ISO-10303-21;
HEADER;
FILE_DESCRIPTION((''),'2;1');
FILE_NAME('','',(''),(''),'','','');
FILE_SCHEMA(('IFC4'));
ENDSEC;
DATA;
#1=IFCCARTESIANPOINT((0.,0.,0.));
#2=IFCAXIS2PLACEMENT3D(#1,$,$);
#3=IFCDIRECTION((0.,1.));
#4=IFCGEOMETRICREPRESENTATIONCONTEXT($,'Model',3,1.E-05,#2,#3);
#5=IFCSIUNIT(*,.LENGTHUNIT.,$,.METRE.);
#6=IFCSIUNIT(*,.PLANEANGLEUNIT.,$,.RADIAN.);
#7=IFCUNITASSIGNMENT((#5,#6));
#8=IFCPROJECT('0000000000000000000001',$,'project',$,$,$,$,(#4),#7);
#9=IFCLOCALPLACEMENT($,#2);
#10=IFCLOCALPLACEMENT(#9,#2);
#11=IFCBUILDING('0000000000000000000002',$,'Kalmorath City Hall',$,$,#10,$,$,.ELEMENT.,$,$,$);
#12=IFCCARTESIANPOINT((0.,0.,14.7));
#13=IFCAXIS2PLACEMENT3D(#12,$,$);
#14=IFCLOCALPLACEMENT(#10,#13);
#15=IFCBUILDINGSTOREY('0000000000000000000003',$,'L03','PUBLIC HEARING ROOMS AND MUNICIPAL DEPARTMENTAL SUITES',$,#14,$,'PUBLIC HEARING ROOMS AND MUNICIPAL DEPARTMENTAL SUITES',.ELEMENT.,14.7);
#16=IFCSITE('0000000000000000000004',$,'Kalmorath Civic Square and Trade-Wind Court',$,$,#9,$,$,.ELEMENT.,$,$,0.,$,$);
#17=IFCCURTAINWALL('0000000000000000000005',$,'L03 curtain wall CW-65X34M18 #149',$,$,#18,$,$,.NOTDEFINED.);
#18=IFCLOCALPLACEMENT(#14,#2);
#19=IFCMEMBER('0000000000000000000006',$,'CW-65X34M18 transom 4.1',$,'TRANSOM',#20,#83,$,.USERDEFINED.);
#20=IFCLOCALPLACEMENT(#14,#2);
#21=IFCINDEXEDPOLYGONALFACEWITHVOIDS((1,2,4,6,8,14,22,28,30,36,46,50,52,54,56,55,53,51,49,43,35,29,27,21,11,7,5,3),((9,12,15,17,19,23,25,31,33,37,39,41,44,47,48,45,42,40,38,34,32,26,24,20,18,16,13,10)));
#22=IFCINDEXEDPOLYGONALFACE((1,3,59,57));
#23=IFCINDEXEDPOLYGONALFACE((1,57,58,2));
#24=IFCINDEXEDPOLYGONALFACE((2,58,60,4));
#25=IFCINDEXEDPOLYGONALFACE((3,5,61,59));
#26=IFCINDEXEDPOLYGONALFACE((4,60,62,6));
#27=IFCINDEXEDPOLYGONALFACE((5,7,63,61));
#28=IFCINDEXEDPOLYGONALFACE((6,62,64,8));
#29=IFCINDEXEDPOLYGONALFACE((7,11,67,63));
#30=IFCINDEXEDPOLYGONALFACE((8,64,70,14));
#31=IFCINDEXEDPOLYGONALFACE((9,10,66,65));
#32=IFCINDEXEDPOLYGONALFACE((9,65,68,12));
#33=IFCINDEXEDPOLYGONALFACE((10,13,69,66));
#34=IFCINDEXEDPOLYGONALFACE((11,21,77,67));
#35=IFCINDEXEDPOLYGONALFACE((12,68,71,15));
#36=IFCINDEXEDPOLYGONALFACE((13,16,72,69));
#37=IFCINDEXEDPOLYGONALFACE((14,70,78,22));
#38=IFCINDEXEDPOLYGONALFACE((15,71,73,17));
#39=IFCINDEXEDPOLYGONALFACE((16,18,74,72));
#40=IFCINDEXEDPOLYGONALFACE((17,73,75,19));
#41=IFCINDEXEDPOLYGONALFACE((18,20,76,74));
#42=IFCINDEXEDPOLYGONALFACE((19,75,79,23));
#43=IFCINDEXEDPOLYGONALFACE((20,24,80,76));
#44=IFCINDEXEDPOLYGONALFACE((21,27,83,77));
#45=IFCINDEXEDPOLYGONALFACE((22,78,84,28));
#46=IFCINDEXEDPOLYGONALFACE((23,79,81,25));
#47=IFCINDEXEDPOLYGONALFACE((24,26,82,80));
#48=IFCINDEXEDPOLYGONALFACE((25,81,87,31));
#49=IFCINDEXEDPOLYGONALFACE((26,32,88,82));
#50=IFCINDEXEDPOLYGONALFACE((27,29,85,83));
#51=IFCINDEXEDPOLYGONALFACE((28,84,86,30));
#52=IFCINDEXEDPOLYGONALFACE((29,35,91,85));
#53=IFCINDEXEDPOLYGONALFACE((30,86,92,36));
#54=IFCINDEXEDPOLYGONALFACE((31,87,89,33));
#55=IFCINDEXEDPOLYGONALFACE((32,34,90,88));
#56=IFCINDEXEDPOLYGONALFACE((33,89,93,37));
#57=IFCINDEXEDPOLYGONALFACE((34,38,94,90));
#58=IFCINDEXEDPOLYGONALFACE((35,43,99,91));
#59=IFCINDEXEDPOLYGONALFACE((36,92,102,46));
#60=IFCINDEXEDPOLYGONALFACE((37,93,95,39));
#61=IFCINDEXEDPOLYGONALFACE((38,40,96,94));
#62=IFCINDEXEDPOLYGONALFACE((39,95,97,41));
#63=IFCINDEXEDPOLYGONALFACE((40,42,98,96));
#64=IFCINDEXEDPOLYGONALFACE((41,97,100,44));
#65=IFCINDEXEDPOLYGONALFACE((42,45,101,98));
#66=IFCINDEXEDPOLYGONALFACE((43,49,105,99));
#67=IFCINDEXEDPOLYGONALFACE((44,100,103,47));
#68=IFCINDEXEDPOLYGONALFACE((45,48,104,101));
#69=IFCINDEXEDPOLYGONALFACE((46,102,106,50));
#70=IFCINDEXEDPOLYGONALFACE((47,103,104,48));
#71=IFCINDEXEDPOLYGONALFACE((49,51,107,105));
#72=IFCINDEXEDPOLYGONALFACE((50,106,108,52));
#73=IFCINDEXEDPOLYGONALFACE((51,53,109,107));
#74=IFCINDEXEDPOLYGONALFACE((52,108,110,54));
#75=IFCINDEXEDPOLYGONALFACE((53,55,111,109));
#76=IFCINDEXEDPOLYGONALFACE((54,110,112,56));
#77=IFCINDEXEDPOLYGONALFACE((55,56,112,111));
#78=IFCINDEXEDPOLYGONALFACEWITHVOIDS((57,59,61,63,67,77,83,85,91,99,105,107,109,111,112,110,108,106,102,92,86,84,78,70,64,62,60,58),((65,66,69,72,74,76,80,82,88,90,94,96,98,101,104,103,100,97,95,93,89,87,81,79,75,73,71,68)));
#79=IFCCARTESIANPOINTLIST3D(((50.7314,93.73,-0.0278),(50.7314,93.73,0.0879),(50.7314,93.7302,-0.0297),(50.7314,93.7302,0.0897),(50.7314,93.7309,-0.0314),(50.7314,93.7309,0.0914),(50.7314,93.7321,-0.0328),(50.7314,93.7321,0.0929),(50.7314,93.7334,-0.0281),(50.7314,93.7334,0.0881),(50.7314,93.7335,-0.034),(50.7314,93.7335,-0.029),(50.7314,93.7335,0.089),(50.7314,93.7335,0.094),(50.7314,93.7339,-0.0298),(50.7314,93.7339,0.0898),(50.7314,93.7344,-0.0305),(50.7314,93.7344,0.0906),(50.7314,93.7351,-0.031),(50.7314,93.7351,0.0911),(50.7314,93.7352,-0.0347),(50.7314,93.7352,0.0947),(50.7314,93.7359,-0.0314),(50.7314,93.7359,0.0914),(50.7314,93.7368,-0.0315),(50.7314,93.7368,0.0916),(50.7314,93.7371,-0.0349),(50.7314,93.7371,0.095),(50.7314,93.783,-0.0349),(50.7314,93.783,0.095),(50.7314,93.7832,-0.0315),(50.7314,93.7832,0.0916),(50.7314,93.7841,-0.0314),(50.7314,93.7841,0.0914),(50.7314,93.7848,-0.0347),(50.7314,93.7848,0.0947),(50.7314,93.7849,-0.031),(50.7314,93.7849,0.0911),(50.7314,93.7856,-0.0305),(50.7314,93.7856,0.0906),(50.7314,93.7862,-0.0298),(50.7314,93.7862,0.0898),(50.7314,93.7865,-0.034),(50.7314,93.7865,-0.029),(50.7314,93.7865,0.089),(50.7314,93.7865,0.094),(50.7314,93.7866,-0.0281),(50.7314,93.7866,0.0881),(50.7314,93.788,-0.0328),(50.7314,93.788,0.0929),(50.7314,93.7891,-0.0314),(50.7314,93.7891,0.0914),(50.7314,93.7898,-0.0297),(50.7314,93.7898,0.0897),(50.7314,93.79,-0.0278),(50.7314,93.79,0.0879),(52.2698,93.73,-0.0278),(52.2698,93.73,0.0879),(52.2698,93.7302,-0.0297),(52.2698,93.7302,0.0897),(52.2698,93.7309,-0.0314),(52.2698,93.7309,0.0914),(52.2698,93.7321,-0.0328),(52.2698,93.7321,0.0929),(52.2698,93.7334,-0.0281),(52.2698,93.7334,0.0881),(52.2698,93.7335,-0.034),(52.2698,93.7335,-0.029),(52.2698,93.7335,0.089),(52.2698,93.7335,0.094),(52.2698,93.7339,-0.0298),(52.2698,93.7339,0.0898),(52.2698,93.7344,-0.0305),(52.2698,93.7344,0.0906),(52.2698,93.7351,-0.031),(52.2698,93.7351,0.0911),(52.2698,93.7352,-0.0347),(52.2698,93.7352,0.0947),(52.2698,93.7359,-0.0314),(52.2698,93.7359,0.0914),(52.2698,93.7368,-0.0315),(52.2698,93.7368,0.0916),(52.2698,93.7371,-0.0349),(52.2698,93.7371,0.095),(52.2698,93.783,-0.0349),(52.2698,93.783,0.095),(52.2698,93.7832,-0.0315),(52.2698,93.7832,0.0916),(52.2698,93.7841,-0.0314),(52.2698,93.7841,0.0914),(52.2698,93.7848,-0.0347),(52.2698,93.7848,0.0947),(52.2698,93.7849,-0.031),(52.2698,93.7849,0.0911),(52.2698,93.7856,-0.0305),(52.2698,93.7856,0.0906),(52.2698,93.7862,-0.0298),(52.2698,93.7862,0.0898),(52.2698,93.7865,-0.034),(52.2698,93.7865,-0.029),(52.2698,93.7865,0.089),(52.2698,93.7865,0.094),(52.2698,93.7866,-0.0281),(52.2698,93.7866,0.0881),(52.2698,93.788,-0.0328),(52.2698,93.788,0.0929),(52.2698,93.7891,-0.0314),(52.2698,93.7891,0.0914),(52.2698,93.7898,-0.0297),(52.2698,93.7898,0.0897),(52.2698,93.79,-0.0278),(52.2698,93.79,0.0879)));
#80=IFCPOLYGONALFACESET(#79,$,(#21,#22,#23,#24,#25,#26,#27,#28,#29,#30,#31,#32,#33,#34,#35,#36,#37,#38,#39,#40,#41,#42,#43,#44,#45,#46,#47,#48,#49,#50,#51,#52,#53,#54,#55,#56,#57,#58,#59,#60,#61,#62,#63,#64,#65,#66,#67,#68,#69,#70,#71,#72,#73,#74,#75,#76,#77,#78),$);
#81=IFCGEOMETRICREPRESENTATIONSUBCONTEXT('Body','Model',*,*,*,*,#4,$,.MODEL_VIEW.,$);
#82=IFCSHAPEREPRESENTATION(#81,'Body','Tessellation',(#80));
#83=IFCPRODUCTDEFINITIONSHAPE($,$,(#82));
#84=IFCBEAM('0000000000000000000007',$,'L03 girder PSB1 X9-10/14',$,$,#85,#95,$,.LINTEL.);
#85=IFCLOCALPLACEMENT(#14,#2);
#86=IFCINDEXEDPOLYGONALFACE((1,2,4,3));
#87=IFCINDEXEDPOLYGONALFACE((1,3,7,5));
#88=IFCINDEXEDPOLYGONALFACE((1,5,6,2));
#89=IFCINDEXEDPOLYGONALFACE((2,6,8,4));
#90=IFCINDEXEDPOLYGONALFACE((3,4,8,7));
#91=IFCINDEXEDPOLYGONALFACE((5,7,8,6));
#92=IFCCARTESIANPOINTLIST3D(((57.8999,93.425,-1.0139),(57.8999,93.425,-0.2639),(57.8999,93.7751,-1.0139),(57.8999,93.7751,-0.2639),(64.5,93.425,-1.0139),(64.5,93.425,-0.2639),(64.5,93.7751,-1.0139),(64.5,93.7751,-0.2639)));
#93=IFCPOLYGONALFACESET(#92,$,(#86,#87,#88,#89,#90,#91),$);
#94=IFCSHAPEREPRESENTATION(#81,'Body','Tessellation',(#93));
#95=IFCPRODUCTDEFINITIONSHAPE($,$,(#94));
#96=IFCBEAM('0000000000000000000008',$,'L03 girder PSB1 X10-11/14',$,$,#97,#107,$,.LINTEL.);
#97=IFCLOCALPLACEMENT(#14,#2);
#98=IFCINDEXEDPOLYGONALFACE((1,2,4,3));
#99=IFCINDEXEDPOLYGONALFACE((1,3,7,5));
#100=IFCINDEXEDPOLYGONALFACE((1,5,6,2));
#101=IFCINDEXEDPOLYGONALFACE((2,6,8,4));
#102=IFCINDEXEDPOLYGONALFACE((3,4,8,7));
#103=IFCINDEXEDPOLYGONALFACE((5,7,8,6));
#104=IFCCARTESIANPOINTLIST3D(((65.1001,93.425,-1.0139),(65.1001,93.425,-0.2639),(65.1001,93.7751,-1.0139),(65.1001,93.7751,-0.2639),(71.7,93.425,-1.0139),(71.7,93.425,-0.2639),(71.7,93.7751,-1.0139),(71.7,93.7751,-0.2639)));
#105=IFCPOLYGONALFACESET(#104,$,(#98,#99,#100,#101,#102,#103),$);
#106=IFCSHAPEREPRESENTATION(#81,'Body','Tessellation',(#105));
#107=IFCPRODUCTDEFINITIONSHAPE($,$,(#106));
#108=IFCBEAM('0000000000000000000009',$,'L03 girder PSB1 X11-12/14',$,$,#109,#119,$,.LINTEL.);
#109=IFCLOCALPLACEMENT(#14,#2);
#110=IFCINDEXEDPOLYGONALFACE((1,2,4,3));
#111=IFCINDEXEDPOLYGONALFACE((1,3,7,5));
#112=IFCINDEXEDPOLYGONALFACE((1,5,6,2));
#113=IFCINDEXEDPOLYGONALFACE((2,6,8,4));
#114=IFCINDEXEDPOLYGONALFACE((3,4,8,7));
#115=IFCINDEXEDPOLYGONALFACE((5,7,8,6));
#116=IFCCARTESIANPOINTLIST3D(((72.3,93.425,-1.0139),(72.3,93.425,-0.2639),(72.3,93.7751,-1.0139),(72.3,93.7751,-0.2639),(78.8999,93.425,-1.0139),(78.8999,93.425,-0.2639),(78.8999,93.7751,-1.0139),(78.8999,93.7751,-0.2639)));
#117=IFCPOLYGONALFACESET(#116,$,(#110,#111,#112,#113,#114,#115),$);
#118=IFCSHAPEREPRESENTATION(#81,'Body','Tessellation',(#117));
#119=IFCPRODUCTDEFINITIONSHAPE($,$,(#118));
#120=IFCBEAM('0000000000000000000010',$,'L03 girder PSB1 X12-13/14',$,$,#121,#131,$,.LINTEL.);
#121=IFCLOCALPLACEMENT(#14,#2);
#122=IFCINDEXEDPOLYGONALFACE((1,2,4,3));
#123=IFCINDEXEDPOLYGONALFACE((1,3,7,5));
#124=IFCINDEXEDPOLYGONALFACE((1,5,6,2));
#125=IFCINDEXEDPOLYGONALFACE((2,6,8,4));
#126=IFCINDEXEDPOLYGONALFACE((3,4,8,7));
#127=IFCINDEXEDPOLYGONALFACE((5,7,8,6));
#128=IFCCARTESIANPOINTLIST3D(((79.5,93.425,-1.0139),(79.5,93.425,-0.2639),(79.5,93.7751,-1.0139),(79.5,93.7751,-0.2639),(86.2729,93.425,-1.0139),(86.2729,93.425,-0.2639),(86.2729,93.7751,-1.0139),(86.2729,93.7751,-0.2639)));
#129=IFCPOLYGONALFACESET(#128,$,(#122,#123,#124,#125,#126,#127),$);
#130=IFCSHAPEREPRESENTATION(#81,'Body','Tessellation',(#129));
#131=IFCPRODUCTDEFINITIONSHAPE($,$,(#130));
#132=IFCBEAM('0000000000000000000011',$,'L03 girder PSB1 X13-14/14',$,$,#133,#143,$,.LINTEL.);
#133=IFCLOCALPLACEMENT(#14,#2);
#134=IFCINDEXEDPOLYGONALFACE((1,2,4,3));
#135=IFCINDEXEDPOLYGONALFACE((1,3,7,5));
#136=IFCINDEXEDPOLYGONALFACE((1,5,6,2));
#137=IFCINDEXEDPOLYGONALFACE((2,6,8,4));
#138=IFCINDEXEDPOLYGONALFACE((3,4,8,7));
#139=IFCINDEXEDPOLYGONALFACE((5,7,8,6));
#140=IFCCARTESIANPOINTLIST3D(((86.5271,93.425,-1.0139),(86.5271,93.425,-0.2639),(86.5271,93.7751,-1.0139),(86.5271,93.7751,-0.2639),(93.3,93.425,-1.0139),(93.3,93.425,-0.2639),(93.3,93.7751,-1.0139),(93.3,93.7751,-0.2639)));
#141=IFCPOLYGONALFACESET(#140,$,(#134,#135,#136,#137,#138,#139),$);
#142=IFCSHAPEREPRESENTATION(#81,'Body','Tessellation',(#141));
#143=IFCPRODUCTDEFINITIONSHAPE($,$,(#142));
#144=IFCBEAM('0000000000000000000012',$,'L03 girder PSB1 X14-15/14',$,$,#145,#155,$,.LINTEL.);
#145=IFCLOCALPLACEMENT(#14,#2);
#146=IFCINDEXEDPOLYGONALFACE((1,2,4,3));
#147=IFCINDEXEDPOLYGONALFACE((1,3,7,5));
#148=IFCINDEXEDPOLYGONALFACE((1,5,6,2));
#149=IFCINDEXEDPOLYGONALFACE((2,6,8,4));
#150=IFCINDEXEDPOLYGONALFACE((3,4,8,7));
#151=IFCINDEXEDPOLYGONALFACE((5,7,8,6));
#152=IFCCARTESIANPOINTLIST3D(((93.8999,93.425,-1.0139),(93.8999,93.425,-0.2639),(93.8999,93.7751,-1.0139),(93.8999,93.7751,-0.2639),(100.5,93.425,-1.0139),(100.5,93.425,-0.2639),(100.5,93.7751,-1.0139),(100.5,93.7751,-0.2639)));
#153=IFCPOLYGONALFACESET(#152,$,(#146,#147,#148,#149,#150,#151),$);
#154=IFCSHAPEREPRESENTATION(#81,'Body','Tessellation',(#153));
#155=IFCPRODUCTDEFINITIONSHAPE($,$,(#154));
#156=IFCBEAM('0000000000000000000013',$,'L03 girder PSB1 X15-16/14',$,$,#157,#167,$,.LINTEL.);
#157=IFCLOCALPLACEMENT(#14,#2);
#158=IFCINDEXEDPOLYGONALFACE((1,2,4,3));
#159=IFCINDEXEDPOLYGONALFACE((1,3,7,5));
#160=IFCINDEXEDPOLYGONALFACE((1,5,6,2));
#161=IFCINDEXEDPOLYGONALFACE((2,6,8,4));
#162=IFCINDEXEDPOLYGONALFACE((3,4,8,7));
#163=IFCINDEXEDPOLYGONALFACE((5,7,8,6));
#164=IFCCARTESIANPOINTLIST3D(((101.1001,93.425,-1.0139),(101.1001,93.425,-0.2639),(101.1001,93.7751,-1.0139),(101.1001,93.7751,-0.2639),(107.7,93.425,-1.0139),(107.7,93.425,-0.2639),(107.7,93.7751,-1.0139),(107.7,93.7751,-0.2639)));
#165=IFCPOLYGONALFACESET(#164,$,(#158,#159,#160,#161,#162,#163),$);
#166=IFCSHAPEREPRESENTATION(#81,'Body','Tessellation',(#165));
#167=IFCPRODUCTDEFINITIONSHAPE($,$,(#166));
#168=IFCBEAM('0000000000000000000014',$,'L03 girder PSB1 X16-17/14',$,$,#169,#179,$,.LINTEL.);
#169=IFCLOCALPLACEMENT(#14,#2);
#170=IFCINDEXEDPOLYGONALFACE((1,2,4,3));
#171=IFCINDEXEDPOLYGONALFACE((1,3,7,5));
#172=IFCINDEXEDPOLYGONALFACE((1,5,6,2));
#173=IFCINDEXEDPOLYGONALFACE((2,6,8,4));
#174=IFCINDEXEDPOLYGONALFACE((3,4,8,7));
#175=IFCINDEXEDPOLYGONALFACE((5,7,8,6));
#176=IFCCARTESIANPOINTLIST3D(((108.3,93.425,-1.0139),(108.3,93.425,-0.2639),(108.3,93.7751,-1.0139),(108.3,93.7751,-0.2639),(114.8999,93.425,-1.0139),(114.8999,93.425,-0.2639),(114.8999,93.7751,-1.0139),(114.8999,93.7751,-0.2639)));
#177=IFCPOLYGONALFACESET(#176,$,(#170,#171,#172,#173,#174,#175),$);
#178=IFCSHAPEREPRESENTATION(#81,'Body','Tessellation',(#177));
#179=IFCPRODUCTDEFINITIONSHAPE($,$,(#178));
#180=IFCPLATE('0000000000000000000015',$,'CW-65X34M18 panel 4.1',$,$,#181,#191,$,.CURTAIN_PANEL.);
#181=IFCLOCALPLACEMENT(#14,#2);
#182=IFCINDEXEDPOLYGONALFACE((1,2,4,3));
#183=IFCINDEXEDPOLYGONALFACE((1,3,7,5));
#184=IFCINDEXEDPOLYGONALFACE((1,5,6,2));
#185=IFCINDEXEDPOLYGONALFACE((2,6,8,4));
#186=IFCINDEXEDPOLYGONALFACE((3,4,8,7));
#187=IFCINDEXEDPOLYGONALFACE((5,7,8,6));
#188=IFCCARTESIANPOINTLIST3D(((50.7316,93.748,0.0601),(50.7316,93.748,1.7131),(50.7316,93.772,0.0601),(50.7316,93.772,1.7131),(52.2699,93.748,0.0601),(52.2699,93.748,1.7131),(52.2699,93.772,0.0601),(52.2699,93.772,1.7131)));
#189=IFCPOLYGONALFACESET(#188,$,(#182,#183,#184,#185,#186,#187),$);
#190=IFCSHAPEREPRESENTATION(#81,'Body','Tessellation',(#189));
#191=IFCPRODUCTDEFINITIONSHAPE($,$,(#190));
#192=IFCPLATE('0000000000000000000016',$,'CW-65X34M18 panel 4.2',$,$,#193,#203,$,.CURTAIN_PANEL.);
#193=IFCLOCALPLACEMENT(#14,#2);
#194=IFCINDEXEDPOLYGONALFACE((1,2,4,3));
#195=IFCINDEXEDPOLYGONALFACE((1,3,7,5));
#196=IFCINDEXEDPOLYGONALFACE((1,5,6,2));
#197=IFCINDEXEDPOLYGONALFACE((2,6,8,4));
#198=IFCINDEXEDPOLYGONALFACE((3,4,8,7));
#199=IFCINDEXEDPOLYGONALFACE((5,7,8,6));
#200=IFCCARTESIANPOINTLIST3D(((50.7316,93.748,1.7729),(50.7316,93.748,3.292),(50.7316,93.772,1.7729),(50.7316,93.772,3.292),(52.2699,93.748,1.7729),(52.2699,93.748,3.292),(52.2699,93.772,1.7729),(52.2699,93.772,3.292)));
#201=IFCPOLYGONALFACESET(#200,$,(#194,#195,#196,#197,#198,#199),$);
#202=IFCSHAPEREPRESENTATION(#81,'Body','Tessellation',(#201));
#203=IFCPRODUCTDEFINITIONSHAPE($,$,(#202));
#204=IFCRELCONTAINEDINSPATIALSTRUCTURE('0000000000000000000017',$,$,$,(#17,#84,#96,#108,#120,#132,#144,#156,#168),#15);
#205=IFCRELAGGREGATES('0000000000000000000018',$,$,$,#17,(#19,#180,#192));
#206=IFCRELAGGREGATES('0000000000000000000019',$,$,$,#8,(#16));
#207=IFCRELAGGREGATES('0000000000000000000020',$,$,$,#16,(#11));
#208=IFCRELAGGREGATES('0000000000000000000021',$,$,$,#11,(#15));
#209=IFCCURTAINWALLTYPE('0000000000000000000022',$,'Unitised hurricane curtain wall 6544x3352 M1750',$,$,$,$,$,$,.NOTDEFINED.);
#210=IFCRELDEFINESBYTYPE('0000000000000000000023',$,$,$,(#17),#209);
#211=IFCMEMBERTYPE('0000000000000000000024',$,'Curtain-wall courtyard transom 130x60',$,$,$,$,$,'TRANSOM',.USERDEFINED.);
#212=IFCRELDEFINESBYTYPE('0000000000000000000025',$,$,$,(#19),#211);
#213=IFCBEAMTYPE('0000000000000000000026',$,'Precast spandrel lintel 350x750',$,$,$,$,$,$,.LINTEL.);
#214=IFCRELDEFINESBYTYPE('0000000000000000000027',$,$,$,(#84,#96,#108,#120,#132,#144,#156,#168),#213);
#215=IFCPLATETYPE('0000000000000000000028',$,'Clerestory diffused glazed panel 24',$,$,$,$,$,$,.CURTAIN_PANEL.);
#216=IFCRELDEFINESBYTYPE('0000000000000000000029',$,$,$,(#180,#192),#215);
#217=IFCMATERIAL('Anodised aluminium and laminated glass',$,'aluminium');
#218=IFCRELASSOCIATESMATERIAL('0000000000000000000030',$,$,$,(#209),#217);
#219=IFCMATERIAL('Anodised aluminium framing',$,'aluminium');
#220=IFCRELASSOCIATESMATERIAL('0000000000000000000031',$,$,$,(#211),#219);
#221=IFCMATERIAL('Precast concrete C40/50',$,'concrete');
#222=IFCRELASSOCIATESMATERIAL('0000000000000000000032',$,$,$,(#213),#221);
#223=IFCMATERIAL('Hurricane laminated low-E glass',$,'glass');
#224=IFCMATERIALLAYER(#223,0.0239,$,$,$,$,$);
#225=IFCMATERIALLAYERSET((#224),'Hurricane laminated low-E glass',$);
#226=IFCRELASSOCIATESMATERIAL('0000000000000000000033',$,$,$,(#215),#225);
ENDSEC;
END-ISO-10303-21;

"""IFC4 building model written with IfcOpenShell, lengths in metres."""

from ifc_helpers import new_model, si_unit, direction, frame, origin, origin_2d, place, context, subcontext, project, spatial, rectangle, hollow_rectangle, extrude, material, layer, layer_set, material_profile, profile_set, type_object, element, aggregate, save


model = new_model("IFC4")

# Units and contexts
model_context = context("Model", 3, precision=1e-05, world=origin(), true_north=direction((0.0, 1.0)))
body_context = subcontext(model_context, "Body", "Model", "MODEL_VIEW")
ifc_project = project(units=[si_unit("LENGTHUNIT", "METRE"), si_unit("PLANEANGLEUNIT", "RADIAN")], contexts=[model_context])

# Site, building, storey
site_placement = place(None, origin())
site = spatial("IfcSite", under=ifc_project, at=site_placement, Name="Kalmorath Civic Square and Trade-Wind Court", CompositionType="ELEMENT", RefElevation=0.0)
building_placement = place(site_placement, origin())
building = spatial("IfcBuilding", under=site, at=building_placement, Name="Kalmorath City Hall", CompositionType="ELEMENT")
storey_placement = place(building_placement, frame((0.0, 0.0, 14.7)))
storey = spatial("IfcBuildingStorey", under=building, at=storey_placement, Name="L03", Description="PUBLIC HEARING ROOMS AND MUNICIPAL DEPARTMENTAL SUITES", LongName="PUBLIC HEARING ROOMS AND MUNICIPAL DEPARTMENTAL SUITES", CompositionType="ELEMENT", Elevation=14.7)

# Curtain wall, member
ifc_material_1 = material(Name="Anodised aluminium and laminated glass", Category="aluminium")
curtain_wall_type = type_object("IfcCurtainWallType", Name="Unitised hurricane curtain wall 6544x3352 M1750", PredefinedType="NOTDEFINED", material=ifc_material_1)
curtain_wall_placement = place(storey_placement, origin())
curtain_wall = element("IfcCurtainWall", 1, at=curtain_wall_placement, inside=storey, type_object=curtain_wall_type, Name="L03 curtain wall CW-65X34M18 #149", PredefinedType="NOTDEFINED")
ifc_material_2 = material(Name="Anodised aluminium framing", Category="aluminium")
ifc_material_profile_1 = material_profile(ifc_material_2, hollow_rectangle(XDim=0.0601, YDim=0.1299, WallThickness=0.0034, InnerFilletRadius=0.0034, OuterFilletRadius=0.0071, at=origin_2d()), Name="ALU-TRN-130X60X3.5")
ifc_profile_set_1 = profile_set([ifc_material_profile_1], Name="Anodised aluminium framing")
member_type_1 = type_object("IfcMemberType", Name="Curtain-wall courtyard transom 130x60", ElementType="TRANSOM", PredefinedType="USERDEFINED", material=ifc_profile_set_1)
member_1_placement = place(storey_placement, frame((52.2698, 93.76, 0.03), z_axis=(-1.0, 0.0, 0.0), x_axis=(0.0, -1.0, 0.0)))
member_1 = element("IfcMember", 2, at=member_1_placement, type_object=member_type_1, Name="CW-65X34M18 transom 4.1", ObjectType="TRANSOM", PredefinedType="USERDEFINED", context=body_context, shape_type="SweptSolid", body=[
    extrude(hollow_rectangle(XDim=0.0601, YDim=0.1299, WallThickness=0.0034, InnerFilletRadius=0.0034, OuterFilletRadius=0.0071, at=origin_2d()), origin(), (0.0, 0.0, 1.0), 1.5383),
])

# Beams
ifc_material_3 = material(Name="Precast concrete C40/50", Category="concrete")
ifc_material_profile_2 = material_profile(ifc_material_3, rectangle(XDim=0.3501, YDim=0.75, at=origin_2d()), Name="PC-SP-350X750")
ifc_profile_set_2 = profile_set([ifc_material_profile_2], Name="Precast concrete C40/50")
beam_type = type_object("IfcBeamType", Name="Precast spandrel lintel 350x750", PredefinedType="LINTEL", material=ifc_profile_set_2)
beam_1_placement = place(storey_placement, frame((57.8999, 93.6001, -0.6389), z_axis=(1.0, 0.0, 0.0), x_axis=(0.0, 1.0, 0.0)))
element("IfcBeam", 3, at=beam_1_placement, inside=storey, type_object=beam_type, Name="L03 girder PSB1 X9-10/14", PredefinedType="LINTEL", context=body_context, shape_type="SweptSolid", body=[
    extrude(rectangle(XDim=0.3501, YDim=0.75, at=origin_2d()), origin(), (0.0, 0.0, 1.0), 6.6001),
])
for number, where, z_axis, x_axis, name in (
    (4, (65.1001, 93.6001, -0.6389), (1.0, 0.0, 0.0), (0.0, 1.0, 0.0), "L03 girder PSB1 X10-11/14"),
    (5, (72.3, 93.6001, -0.6389), (1.0, 0.0, 0.0), (0.0, 1.0, 0.0), "L03 girder PSB1 X11-12/14"),
):
    element("IfcBeam", number, at=place(storey_placement, frame(where, z_axis=z_axis, x_axis=x_axis)), inside=storey, type_object=beam_type, Name=name, PredefinedType="LINTEL", context=body_context, shape_type="SweptSolid", body=[
        extrude(rectangle(XDim=0.3501, YDim=0.75, at=origin_2d()), origin(), (0.0, 0.0, 1.0), 6.5999),
    ])
for number, where, z_axis, x_axis, name in (
    (6, (79.5, 93.6001, -0.6389), (1.0, 0.0, 0.0), (0.0, 1.0, 0.0), "L03 girder PSB1 X12-13/14"),
    (7, (86.5271, 93.6001, -0.6389), (1.0, 0.0, 0.0), (0.0, 1.0, 0.0), "L03 girder PSB1 X13-14/14"),
):
    element("IfcBeam", number, at=place(storey_placement, frame(where, z_axis=z_axis, x_axis=x_axis)), inside=storey, type_object=beam_type, Name=name, PredefinedType="LINTEL", context=body_context, shape_type="SweptSolid", body=[
        extrude(rectangle(XDim=0.3501, YDim=0.75, at=origin_2d()), origin(), (0.0, 0.0, 1.0), 6.7729),
    ])
beam_2_placement = place(storey_placement, frame((93.8999, 93.6001, -0.6389), z_axis=(1.0, 0.0, 0.0), x_axis=(0.0, 1.0, 0.0)))
element("IfcBeam", 8, at=beam_2_placement, inside=storey, type_object=beam_type, Name="L03 girder PSB1 X14-15/14", PredefinedType="LINTEL", context=body_context, shape_type="SweptSolid", body=[
    extrude(rectangle(XDim=0.3501, YDim=0.75, at=origin_2d()), origin(), (0.0, 0.0, 1.0), 6.6001),
])
for number, where, z_axis, x_axis, name in (
    (9, (101.1001, 93.6001, -0.6389), (1.0, 0.0, 0.0), (0.0, 1.0, 0.0), "L03 girder PSB1 X15-16/14"),
    (10, (108.3, 93.6001, -0.6389), (1.0, 0.0, 0.0), (0.0, 1.0, 0.0), "L03 girder PSB1 X16-17/14"),
):
    element("IfcBeam", number, at=place(storey_placement, frame(where, z_axis=z_axis, x_axis=x_axis)), inside=storey, type_object=beam_type, Name=name, PredefinedType="LINTEL", context=body_context, shape_type="SweptSolid", body=[
        extrude(rectangle(XDim=0.3501, YDim=0.75, at=origin_2d()), origin(), (0.0, 0.0, 1.0), 6.5999),
    ])

# Plates
ifc_material_4 = material(Name="Hurricane laminated low-E glass", Category="glass")
ifc_layer_1 = layer(ifc_material_4, 0.0239)
ifc_layer_set_1 = layer_set([ifc_layer_1], Name="Hurricane laminated low-E glass")
plate_type = type_object("IfcPlateType", Name="Clerestory diffused glazed panel 24", PredefinedType="CURTAIN_PANEL", material=ifc_layer_set_1)
plate_1_placement = place(storey_placement, frame((51.5007, 93.76, 0.0601), z_axis=(0.0, 0.0, 1.0), x_axis=(-1.0, 0.0, 0.0)))
plate_1 = element("IfcPlate", 11, at=plate_1_placement, type_object=plate_type, Name="CW-65X34M18 panel 4.1", PredefinedType="CURTAIN_PANEL", context=body_context, shape_type="SweptSolid", body=[
    extrude(rectangle(XDim=1.5383, YDim=0.0239, at=origin_2d()), origin(), (0.0, 0.0, 1.0), 1.6531),
])
plate_2_placement = place(storey_placement, frame((51.5007, 93.76, 1.7729), z_axis=(0.0, 0.0, 1.0), x_axis=(-1.0, 0.0, 0.0)))
plate_2 = element("IfcPlate", 12, at=plate_2_placement, type_object=plate_type, Name="CW-65X34M18 panel 4.2", PredefinedType="CURTAIN_PANEL", context=body_context, shape_type="SweptSolid", body=[
    extrude(rectangle(XDim=1.5383, YDim=0.0239, at=origin_2d()), origin(), (0.0, 0.0, 1.0), 1.519),
])
aggregate(curtain_wall, [member_1, plate_1, plate_2])

save(model, "model.ifc")
